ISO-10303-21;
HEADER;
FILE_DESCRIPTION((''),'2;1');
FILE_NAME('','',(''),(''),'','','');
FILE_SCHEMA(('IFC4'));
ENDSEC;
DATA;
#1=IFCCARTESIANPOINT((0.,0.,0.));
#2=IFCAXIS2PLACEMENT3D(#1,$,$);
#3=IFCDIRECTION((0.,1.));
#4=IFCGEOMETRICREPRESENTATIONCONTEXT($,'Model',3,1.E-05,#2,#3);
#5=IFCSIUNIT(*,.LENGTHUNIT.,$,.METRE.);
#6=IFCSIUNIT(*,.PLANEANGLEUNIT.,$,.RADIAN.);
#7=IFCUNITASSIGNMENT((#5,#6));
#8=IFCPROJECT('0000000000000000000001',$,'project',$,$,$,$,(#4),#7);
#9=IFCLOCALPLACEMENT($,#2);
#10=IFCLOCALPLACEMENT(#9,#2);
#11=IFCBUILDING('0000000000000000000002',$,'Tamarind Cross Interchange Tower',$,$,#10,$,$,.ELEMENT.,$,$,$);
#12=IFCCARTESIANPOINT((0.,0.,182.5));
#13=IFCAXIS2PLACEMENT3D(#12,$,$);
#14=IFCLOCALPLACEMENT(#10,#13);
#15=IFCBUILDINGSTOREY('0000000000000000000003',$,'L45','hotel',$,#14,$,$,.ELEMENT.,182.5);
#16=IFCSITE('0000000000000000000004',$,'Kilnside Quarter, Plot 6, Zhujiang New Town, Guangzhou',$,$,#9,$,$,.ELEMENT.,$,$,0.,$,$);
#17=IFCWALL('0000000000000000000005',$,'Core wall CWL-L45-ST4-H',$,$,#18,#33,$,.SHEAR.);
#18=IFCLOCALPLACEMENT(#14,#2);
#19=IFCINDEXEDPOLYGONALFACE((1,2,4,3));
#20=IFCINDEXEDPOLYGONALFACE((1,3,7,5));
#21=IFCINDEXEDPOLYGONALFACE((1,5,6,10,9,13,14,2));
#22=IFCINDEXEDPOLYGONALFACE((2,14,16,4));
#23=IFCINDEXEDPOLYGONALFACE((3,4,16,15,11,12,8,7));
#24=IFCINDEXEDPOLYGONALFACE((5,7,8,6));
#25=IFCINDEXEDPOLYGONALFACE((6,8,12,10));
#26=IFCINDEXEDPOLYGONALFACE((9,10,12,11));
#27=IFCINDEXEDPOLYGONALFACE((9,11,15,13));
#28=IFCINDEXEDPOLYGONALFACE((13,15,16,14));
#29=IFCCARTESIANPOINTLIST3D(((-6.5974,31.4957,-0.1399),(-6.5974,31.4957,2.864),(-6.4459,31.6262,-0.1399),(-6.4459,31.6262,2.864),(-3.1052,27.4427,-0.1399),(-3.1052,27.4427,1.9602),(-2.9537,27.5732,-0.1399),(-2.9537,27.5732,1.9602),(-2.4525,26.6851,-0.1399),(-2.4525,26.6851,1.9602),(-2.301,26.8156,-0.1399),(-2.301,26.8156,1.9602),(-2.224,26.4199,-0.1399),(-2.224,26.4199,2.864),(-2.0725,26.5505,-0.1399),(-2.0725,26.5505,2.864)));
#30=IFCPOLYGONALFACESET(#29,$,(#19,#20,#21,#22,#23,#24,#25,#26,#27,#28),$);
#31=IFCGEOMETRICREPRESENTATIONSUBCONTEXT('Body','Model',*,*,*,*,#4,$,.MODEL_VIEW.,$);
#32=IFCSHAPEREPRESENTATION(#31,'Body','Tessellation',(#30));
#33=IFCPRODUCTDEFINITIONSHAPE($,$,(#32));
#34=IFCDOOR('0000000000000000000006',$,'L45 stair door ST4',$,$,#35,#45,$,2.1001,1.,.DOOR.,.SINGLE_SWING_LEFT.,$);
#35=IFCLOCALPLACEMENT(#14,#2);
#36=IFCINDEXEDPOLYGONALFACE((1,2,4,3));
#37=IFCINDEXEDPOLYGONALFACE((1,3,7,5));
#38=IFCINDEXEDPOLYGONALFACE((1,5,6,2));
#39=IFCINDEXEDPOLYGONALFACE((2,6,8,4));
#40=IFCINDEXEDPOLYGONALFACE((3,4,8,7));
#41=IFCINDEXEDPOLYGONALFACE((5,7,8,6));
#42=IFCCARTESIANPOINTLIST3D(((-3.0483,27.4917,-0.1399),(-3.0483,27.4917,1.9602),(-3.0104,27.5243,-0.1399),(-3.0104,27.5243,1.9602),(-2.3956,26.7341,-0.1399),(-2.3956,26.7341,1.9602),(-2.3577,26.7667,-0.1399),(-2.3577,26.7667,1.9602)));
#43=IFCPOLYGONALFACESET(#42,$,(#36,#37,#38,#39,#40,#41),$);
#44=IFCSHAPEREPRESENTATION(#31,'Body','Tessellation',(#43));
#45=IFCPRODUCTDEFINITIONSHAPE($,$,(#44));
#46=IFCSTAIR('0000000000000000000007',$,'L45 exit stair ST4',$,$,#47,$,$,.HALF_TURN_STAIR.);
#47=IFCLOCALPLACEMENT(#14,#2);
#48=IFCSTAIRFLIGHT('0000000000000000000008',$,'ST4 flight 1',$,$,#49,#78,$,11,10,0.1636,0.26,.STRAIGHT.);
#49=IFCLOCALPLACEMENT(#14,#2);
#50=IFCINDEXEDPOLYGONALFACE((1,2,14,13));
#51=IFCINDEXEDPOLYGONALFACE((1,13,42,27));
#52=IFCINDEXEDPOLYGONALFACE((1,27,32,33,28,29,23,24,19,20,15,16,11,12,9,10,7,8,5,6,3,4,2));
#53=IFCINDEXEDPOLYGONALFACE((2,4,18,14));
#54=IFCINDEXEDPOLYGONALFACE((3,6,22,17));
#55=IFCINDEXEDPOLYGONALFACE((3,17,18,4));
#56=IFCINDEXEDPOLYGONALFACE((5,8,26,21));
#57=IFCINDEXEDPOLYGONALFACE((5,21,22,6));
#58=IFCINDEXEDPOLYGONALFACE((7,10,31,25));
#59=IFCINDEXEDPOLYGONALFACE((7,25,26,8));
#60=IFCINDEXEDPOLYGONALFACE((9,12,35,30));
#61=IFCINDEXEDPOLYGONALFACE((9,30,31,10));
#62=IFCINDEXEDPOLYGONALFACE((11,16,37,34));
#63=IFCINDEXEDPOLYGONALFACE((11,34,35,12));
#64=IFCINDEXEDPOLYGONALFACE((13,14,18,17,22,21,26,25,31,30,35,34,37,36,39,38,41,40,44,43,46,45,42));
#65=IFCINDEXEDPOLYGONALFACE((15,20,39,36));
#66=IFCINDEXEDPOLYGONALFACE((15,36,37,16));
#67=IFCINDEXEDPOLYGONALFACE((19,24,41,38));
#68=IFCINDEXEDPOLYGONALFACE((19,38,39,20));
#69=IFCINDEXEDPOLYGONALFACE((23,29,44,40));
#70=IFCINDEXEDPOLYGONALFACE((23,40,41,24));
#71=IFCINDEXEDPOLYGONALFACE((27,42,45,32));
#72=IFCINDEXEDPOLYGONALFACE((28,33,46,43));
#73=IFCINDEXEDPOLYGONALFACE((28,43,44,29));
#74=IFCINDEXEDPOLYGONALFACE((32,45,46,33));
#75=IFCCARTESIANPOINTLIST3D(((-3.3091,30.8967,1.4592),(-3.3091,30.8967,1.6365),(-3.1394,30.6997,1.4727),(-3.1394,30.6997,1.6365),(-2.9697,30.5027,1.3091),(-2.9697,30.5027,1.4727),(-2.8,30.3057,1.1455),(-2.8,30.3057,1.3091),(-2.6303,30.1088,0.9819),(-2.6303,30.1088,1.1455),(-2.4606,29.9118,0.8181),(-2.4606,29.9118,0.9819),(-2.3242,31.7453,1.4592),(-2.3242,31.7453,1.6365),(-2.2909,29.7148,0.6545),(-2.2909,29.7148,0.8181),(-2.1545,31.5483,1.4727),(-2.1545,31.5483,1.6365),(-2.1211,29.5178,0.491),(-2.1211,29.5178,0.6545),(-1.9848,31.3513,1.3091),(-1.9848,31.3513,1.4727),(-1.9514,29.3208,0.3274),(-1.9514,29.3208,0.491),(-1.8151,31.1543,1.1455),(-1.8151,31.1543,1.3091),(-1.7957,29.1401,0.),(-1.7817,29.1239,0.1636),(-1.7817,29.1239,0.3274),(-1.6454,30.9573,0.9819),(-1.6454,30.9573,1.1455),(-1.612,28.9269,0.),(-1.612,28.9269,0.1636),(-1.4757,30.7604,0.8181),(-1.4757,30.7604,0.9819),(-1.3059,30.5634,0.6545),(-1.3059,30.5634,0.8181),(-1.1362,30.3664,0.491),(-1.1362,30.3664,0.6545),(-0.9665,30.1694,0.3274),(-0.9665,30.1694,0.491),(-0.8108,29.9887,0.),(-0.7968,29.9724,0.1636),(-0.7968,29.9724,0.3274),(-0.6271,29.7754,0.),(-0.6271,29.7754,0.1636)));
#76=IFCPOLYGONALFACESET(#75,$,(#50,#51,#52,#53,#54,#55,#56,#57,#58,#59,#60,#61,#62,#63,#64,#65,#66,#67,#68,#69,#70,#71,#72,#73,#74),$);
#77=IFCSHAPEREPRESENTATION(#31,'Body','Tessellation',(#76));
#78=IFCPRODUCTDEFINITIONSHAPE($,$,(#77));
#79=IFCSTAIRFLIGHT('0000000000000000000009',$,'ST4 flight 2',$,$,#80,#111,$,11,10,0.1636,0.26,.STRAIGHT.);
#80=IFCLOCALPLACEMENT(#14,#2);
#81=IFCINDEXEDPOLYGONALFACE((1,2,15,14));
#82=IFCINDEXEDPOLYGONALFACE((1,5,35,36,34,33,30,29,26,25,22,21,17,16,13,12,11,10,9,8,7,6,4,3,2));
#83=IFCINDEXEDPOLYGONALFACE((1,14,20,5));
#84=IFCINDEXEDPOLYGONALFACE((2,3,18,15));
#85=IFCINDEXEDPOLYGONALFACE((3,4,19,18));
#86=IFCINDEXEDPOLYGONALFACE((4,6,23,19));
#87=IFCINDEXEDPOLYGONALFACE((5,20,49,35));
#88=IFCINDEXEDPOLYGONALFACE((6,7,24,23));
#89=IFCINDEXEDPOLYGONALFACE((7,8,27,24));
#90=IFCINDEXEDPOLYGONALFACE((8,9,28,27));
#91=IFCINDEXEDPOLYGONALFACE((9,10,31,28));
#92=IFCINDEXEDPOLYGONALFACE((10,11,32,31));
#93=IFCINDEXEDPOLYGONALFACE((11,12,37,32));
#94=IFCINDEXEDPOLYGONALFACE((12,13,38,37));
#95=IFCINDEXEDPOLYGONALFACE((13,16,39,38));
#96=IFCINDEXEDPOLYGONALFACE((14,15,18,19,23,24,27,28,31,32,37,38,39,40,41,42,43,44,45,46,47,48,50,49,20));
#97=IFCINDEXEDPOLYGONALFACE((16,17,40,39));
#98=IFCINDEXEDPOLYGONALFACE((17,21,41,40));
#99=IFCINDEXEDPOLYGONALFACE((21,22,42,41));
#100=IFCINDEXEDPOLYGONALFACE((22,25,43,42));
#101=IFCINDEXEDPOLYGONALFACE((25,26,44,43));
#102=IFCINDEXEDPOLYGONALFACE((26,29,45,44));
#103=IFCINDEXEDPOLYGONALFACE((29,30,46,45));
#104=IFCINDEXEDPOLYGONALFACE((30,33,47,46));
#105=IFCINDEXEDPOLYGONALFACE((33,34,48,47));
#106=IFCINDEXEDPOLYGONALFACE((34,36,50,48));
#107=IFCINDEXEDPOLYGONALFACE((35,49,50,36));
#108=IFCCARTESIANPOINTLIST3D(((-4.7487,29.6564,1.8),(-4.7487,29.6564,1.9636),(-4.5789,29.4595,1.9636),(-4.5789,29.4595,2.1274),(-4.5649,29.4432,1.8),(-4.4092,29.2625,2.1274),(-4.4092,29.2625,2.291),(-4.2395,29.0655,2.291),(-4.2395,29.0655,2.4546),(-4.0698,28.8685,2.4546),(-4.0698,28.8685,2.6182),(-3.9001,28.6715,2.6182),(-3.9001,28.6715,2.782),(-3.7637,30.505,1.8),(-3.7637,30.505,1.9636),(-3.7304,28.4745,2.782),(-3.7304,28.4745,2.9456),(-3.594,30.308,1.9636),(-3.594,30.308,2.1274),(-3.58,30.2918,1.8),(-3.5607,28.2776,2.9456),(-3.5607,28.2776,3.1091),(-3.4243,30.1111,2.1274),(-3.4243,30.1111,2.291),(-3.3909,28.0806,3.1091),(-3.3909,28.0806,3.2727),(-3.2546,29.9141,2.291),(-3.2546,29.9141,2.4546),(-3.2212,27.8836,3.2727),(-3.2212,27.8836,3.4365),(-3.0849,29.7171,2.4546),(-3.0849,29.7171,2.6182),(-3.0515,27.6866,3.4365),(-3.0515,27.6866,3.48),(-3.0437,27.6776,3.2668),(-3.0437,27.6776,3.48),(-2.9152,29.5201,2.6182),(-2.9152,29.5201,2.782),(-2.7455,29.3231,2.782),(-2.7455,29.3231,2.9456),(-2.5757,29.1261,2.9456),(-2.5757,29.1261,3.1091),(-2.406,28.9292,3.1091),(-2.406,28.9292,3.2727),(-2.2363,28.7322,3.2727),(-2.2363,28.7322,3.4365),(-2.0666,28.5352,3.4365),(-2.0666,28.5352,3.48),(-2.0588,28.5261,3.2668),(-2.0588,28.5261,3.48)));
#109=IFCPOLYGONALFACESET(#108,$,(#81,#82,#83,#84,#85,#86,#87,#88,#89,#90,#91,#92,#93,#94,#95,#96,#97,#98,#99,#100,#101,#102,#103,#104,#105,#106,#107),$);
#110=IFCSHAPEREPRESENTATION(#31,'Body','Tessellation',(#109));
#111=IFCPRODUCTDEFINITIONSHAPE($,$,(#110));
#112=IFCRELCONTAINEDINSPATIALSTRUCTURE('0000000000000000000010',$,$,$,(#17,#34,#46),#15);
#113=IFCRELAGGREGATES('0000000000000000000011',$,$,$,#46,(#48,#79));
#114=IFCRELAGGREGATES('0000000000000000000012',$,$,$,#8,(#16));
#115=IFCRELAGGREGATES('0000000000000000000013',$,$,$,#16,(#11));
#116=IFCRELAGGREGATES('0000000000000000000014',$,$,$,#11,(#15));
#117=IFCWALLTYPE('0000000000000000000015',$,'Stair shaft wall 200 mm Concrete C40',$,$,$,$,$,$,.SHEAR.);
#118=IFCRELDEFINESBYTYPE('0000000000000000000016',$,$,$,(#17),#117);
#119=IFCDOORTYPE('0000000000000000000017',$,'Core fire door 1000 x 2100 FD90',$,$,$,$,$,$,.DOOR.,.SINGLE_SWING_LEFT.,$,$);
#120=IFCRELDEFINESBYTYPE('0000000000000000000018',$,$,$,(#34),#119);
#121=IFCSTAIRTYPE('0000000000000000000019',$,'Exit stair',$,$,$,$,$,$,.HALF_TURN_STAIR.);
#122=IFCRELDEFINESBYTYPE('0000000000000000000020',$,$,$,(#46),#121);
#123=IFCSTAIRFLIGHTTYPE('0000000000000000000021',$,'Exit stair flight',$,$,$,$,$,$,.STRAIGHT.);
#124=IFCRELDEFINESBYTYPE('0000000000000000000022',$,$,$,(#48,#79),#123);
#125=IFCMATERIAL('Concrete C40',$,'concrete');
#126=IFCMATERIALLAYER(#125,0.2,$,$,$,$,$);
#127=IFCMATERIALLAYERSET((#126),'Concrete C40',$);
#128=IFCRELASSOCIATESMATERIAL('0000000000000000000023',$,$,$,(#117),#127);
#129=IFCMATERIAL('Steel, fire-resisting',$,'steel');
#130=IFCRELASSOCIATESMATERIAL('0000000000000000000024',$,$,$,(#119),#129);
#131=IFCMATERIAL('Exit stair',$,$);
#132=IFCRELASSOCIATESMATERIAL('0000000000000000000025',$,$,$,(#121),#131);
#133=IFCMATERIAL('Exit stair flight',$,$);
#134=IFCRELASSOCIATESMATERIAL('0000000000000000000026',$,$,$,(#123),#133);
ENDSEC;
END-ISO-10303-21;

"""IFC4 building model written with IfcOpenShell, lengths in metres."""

from ifc_helpers import new_model, si_unit, direction, frame, frame_2d, origin, place, context, subcontext, project, spatial, polyline, rectangle, outline, extrude, material, layer, layer_set, type_object, element, fill, aggregate, save


model = new_model("IFC4")

# Units and contexts
model_context = context("Model", 3, precision=1e-05, world=origin(), true_north=direction((0.0, 1.0)))
body_context = subcontext(model_context, "Body", "Model", "MODEL_VIEW")
ifc_project = project(units=[si_unit("LENGTHUNIT", "METRE"), si_unit("PLANEANGLEUNIT", "RADIAN")], contexts=[model_context])

# Site, building, storey
site_placement = place(None, origin())
site = spatial("IfcSite", under=ifc_project, at=site_placement, Name="Kilnside Quarter, Plot 6, Zhujiang New Town, Guangzhou", CompositionType="ELEMENT", RefElevation=0.0)
building_placement = place(site_placement, origin())
building = spatial("IfcBuilding", under=site, at=building_placement, Name="Tamarind Cross Interchange Tower", CompositionType="ELEMENT")
storey_placement = place(building_placement, frame((0.0, 0.0, 182.5)))
storey = spatial("IfcBuildingStorey", under=building, at=storey_placement, Name="L45", Description="hotel", CompositionType="ELEMENT", Elevation=182.5)

# Wall, opening, door
ifc_material_1 = material(Name="Concrete C40", Category="concrete")
ifc_layer_1 = layer(ifc_material_1, 0.2)
ifc_layer_set_1 = layer_set([ifc_layer_1], Name="Concrete C40")
wall_type_1 = type_object("IfcWallType", Name="Stair shaft wall 200 mm Concrete C40", PredefinedType="SHEAR", material=ifc_layer_set_1)
wall_1_placement = place(storey_placement, frame((-2.1482, 26.4851, -0.1399), z_axis=(0.0, 0.0, 1.0), x_axis=(-0.652743, 0.75758, 0.0)))
wall_1 = element("IfcWall", 1, at=wall_1_placement, inside=storey, type_object=wall_type_1, Name="Core wall CWL-L45-ST4-H", PredefinedType="SHEAR", context=body_context, shape_type="SweptSolid", body=[
    extrude(rectangle(XDim=6.7, YDim=0.2, at=frame_2d((3.3501, 0.0))), origin(), (0.0, 0.0, 1.0), 3.0039),
])
opening_1_placement = place(wall_1_placement, frame((0.3501, 0.0, 0.0)))
opening_1 = element("IfcOpeningElement", 2, at=opening_1_placement, cuts=wall_1, PredefinedType="OPENING", context=body_context, shape_type="SweptSolid", body=[
    extrude(rectangle(XDim=1.0, YDim=2.1001, at=frame_2d((0.5, 1.05))), frame((0.0, 0.1099, 0.0), z_axis=(0.0, -1.0, 0.0), x_axis=(1.0, 0.0, 0.0)), (0.0, 0.0, 1.0), 0.22),
])
ifc_material_2 = material(Name="Steel, fire-resisting", Category="steel")
door_type_1 = type_object("IfcDoorType", Name="Core fire door 1000 x 2100 FD90", OperationType="SINGLE_SWING_LEFT", PredefinedType="DOOR", material=ifc_material_2)
door_1_placement = place(opening_1_placement, origin())
door_1 = element("IfcDoor", 3, at=door_1_placement, inside=storey, type_object=door_type_1, Name="L45 stair door ST4", OperationType="SINGLE_SWING_LEFT", OverallHeight=2.1001, OverallWidth=1.0, PredefinedType="DOOR", context=body_context, shape_type="SweptSolid", body=[
    extrude(rectangle(XDim=1.0, YDim=2.1001, at=frame_2d((0.5, 1.05))), frame((0.0, 0.0249, 0.0), z_axis=(0.0, -1.0, 0.0), x_axis=(1.0, 0.0, 0.0)), (0.0, 0.0, 1.0), 0.05),
])
fill(opening_1, door_1)

# Stair, stair flights
ifc_material_3 = material(Name="Exit stair")
stair_type = type_object("IfcStairType", Name="Exit stair", PredefinedType="HALF_TURN_STAIR", material=ifc_material_3)
stair_placement = place(storey_placement, origin())
stair = element("IfcStair", 4, at=stair_placement, inside=storey, type_object=stair_type, Name="L45 exit stair ST4", PredefinedType="HALF_TURN_STAIR")
ifc_material_4 = material(Name="Exit stair flight")
stair_flight_type = type_object("IfcStairFlightType", Name="Exit stair flight", PredefinedType="STRAIGHT", material=ifc_material_4)
stair_flight_1_placement = place(storey_placement, frame((-1.1196, 29.3511, 0.0), z_axis=(0.0, 0.0, 1.0), x_axis=(-0.652723, 0.757597, 0.0)))
stair_flight_1 = element("IfcStairFlight", 5, at=stair_flight_1_placement, type_object=stair_flight_type, Name="ST4 flight 1", NumberOfRisers=11, NumberOfTreads=10, PredefinedType="STRAIGHT", RiserHeight=0.1636, TreadLength=0.26, context=body_context, shape_type="SweptSolid", body=[
    extrude(outline(polyline([(0.0, 0.0), (0.0, 0.1636), (0.26, 0.1636), (0.26, 0.3274), (0.52, 0.3274), (0.52, 0.491), (0.78, 0.491), (0.78, 0.6545), (1.04, 0.6545), (1.04, 0.8181), (1.3, 0.8181), (1.3, 0.9819), (1.5601, 0.9819), (1.5601, 1.1455), (1.8201, 1.1455), (1.8201, 1.3091), (2.0801, 1.3091), (2.0801, 1.4727), (2.3401, 1.4727), (2.3401, 1.6365), (2.6001, 1.6365), (2.6001, 1.8), (2.6001, 1.4592), (0.2815, 0.0), (0.0, 0.0)])), frame((0.0, 0.6499, 0.0), z_axis=(0.0, -1.0, 0.0), x_axis=(1.0, 0.0, 0.0)), (0.0, 0.0, 1.0), 1.3),
])
stair_flight_2_placement = place(storey_placement, frame((-4.2561, 30.0808, 1.8), z_axis=(0.0, 0.0, 1.0), x_axis=(0.652723, -0.757597, 0.0)))
stair_flight_2 = element("IfcStairFlight", 6, at=stair_flight_2_placement, type_object=stair_flight_type, Name="ST4 flight 2", NumberOfRisers=11, NumberOfTreads=10, PredefinedType="STRAIGHT", RiserHeight=0.1636, TreadLength=0.26, context=body_context, shape_type="SweptSolid", body=[
    extrude(outline(polyline([(0.0, 0.0), (0.0, 0.1636), (0.26, 0.1636), (0.26, 0.3274), (0.52, 0.3274), (0.52, 0.491), (0.78, 0.491), (0.78, 0.6545), (1.04, 0.6545), (1.04, 0.8181), (1.3, 0.8181), (1.3, 0.9819), (1.5601, 0.9819), (1.5601, 1.1455), (1.8201, 1.1455), (1.8201, 1.3091), (2.0801, 1.3091), (2.0801, 1.4727), (2.3401, 1.4727), (2.3401, 1.6365), (2.6001, 1.6365), (2.6001, 1.6799), (2.6121, 1.6799), (2.6121, 1.4668), (0.2815, 0.0), (0.0, 0.0)])), frame((0.0, 0.6499, 0.0), z_axis=(0.0, -1.0, 0.0), x_axis=(1.0, 0.0, 0.0)), (0.0, 0.0, 1.0), 1.3),
])
aggregate(stair, [stair_flight_1, stair_flight_2])

save(model, "model.ifc")
